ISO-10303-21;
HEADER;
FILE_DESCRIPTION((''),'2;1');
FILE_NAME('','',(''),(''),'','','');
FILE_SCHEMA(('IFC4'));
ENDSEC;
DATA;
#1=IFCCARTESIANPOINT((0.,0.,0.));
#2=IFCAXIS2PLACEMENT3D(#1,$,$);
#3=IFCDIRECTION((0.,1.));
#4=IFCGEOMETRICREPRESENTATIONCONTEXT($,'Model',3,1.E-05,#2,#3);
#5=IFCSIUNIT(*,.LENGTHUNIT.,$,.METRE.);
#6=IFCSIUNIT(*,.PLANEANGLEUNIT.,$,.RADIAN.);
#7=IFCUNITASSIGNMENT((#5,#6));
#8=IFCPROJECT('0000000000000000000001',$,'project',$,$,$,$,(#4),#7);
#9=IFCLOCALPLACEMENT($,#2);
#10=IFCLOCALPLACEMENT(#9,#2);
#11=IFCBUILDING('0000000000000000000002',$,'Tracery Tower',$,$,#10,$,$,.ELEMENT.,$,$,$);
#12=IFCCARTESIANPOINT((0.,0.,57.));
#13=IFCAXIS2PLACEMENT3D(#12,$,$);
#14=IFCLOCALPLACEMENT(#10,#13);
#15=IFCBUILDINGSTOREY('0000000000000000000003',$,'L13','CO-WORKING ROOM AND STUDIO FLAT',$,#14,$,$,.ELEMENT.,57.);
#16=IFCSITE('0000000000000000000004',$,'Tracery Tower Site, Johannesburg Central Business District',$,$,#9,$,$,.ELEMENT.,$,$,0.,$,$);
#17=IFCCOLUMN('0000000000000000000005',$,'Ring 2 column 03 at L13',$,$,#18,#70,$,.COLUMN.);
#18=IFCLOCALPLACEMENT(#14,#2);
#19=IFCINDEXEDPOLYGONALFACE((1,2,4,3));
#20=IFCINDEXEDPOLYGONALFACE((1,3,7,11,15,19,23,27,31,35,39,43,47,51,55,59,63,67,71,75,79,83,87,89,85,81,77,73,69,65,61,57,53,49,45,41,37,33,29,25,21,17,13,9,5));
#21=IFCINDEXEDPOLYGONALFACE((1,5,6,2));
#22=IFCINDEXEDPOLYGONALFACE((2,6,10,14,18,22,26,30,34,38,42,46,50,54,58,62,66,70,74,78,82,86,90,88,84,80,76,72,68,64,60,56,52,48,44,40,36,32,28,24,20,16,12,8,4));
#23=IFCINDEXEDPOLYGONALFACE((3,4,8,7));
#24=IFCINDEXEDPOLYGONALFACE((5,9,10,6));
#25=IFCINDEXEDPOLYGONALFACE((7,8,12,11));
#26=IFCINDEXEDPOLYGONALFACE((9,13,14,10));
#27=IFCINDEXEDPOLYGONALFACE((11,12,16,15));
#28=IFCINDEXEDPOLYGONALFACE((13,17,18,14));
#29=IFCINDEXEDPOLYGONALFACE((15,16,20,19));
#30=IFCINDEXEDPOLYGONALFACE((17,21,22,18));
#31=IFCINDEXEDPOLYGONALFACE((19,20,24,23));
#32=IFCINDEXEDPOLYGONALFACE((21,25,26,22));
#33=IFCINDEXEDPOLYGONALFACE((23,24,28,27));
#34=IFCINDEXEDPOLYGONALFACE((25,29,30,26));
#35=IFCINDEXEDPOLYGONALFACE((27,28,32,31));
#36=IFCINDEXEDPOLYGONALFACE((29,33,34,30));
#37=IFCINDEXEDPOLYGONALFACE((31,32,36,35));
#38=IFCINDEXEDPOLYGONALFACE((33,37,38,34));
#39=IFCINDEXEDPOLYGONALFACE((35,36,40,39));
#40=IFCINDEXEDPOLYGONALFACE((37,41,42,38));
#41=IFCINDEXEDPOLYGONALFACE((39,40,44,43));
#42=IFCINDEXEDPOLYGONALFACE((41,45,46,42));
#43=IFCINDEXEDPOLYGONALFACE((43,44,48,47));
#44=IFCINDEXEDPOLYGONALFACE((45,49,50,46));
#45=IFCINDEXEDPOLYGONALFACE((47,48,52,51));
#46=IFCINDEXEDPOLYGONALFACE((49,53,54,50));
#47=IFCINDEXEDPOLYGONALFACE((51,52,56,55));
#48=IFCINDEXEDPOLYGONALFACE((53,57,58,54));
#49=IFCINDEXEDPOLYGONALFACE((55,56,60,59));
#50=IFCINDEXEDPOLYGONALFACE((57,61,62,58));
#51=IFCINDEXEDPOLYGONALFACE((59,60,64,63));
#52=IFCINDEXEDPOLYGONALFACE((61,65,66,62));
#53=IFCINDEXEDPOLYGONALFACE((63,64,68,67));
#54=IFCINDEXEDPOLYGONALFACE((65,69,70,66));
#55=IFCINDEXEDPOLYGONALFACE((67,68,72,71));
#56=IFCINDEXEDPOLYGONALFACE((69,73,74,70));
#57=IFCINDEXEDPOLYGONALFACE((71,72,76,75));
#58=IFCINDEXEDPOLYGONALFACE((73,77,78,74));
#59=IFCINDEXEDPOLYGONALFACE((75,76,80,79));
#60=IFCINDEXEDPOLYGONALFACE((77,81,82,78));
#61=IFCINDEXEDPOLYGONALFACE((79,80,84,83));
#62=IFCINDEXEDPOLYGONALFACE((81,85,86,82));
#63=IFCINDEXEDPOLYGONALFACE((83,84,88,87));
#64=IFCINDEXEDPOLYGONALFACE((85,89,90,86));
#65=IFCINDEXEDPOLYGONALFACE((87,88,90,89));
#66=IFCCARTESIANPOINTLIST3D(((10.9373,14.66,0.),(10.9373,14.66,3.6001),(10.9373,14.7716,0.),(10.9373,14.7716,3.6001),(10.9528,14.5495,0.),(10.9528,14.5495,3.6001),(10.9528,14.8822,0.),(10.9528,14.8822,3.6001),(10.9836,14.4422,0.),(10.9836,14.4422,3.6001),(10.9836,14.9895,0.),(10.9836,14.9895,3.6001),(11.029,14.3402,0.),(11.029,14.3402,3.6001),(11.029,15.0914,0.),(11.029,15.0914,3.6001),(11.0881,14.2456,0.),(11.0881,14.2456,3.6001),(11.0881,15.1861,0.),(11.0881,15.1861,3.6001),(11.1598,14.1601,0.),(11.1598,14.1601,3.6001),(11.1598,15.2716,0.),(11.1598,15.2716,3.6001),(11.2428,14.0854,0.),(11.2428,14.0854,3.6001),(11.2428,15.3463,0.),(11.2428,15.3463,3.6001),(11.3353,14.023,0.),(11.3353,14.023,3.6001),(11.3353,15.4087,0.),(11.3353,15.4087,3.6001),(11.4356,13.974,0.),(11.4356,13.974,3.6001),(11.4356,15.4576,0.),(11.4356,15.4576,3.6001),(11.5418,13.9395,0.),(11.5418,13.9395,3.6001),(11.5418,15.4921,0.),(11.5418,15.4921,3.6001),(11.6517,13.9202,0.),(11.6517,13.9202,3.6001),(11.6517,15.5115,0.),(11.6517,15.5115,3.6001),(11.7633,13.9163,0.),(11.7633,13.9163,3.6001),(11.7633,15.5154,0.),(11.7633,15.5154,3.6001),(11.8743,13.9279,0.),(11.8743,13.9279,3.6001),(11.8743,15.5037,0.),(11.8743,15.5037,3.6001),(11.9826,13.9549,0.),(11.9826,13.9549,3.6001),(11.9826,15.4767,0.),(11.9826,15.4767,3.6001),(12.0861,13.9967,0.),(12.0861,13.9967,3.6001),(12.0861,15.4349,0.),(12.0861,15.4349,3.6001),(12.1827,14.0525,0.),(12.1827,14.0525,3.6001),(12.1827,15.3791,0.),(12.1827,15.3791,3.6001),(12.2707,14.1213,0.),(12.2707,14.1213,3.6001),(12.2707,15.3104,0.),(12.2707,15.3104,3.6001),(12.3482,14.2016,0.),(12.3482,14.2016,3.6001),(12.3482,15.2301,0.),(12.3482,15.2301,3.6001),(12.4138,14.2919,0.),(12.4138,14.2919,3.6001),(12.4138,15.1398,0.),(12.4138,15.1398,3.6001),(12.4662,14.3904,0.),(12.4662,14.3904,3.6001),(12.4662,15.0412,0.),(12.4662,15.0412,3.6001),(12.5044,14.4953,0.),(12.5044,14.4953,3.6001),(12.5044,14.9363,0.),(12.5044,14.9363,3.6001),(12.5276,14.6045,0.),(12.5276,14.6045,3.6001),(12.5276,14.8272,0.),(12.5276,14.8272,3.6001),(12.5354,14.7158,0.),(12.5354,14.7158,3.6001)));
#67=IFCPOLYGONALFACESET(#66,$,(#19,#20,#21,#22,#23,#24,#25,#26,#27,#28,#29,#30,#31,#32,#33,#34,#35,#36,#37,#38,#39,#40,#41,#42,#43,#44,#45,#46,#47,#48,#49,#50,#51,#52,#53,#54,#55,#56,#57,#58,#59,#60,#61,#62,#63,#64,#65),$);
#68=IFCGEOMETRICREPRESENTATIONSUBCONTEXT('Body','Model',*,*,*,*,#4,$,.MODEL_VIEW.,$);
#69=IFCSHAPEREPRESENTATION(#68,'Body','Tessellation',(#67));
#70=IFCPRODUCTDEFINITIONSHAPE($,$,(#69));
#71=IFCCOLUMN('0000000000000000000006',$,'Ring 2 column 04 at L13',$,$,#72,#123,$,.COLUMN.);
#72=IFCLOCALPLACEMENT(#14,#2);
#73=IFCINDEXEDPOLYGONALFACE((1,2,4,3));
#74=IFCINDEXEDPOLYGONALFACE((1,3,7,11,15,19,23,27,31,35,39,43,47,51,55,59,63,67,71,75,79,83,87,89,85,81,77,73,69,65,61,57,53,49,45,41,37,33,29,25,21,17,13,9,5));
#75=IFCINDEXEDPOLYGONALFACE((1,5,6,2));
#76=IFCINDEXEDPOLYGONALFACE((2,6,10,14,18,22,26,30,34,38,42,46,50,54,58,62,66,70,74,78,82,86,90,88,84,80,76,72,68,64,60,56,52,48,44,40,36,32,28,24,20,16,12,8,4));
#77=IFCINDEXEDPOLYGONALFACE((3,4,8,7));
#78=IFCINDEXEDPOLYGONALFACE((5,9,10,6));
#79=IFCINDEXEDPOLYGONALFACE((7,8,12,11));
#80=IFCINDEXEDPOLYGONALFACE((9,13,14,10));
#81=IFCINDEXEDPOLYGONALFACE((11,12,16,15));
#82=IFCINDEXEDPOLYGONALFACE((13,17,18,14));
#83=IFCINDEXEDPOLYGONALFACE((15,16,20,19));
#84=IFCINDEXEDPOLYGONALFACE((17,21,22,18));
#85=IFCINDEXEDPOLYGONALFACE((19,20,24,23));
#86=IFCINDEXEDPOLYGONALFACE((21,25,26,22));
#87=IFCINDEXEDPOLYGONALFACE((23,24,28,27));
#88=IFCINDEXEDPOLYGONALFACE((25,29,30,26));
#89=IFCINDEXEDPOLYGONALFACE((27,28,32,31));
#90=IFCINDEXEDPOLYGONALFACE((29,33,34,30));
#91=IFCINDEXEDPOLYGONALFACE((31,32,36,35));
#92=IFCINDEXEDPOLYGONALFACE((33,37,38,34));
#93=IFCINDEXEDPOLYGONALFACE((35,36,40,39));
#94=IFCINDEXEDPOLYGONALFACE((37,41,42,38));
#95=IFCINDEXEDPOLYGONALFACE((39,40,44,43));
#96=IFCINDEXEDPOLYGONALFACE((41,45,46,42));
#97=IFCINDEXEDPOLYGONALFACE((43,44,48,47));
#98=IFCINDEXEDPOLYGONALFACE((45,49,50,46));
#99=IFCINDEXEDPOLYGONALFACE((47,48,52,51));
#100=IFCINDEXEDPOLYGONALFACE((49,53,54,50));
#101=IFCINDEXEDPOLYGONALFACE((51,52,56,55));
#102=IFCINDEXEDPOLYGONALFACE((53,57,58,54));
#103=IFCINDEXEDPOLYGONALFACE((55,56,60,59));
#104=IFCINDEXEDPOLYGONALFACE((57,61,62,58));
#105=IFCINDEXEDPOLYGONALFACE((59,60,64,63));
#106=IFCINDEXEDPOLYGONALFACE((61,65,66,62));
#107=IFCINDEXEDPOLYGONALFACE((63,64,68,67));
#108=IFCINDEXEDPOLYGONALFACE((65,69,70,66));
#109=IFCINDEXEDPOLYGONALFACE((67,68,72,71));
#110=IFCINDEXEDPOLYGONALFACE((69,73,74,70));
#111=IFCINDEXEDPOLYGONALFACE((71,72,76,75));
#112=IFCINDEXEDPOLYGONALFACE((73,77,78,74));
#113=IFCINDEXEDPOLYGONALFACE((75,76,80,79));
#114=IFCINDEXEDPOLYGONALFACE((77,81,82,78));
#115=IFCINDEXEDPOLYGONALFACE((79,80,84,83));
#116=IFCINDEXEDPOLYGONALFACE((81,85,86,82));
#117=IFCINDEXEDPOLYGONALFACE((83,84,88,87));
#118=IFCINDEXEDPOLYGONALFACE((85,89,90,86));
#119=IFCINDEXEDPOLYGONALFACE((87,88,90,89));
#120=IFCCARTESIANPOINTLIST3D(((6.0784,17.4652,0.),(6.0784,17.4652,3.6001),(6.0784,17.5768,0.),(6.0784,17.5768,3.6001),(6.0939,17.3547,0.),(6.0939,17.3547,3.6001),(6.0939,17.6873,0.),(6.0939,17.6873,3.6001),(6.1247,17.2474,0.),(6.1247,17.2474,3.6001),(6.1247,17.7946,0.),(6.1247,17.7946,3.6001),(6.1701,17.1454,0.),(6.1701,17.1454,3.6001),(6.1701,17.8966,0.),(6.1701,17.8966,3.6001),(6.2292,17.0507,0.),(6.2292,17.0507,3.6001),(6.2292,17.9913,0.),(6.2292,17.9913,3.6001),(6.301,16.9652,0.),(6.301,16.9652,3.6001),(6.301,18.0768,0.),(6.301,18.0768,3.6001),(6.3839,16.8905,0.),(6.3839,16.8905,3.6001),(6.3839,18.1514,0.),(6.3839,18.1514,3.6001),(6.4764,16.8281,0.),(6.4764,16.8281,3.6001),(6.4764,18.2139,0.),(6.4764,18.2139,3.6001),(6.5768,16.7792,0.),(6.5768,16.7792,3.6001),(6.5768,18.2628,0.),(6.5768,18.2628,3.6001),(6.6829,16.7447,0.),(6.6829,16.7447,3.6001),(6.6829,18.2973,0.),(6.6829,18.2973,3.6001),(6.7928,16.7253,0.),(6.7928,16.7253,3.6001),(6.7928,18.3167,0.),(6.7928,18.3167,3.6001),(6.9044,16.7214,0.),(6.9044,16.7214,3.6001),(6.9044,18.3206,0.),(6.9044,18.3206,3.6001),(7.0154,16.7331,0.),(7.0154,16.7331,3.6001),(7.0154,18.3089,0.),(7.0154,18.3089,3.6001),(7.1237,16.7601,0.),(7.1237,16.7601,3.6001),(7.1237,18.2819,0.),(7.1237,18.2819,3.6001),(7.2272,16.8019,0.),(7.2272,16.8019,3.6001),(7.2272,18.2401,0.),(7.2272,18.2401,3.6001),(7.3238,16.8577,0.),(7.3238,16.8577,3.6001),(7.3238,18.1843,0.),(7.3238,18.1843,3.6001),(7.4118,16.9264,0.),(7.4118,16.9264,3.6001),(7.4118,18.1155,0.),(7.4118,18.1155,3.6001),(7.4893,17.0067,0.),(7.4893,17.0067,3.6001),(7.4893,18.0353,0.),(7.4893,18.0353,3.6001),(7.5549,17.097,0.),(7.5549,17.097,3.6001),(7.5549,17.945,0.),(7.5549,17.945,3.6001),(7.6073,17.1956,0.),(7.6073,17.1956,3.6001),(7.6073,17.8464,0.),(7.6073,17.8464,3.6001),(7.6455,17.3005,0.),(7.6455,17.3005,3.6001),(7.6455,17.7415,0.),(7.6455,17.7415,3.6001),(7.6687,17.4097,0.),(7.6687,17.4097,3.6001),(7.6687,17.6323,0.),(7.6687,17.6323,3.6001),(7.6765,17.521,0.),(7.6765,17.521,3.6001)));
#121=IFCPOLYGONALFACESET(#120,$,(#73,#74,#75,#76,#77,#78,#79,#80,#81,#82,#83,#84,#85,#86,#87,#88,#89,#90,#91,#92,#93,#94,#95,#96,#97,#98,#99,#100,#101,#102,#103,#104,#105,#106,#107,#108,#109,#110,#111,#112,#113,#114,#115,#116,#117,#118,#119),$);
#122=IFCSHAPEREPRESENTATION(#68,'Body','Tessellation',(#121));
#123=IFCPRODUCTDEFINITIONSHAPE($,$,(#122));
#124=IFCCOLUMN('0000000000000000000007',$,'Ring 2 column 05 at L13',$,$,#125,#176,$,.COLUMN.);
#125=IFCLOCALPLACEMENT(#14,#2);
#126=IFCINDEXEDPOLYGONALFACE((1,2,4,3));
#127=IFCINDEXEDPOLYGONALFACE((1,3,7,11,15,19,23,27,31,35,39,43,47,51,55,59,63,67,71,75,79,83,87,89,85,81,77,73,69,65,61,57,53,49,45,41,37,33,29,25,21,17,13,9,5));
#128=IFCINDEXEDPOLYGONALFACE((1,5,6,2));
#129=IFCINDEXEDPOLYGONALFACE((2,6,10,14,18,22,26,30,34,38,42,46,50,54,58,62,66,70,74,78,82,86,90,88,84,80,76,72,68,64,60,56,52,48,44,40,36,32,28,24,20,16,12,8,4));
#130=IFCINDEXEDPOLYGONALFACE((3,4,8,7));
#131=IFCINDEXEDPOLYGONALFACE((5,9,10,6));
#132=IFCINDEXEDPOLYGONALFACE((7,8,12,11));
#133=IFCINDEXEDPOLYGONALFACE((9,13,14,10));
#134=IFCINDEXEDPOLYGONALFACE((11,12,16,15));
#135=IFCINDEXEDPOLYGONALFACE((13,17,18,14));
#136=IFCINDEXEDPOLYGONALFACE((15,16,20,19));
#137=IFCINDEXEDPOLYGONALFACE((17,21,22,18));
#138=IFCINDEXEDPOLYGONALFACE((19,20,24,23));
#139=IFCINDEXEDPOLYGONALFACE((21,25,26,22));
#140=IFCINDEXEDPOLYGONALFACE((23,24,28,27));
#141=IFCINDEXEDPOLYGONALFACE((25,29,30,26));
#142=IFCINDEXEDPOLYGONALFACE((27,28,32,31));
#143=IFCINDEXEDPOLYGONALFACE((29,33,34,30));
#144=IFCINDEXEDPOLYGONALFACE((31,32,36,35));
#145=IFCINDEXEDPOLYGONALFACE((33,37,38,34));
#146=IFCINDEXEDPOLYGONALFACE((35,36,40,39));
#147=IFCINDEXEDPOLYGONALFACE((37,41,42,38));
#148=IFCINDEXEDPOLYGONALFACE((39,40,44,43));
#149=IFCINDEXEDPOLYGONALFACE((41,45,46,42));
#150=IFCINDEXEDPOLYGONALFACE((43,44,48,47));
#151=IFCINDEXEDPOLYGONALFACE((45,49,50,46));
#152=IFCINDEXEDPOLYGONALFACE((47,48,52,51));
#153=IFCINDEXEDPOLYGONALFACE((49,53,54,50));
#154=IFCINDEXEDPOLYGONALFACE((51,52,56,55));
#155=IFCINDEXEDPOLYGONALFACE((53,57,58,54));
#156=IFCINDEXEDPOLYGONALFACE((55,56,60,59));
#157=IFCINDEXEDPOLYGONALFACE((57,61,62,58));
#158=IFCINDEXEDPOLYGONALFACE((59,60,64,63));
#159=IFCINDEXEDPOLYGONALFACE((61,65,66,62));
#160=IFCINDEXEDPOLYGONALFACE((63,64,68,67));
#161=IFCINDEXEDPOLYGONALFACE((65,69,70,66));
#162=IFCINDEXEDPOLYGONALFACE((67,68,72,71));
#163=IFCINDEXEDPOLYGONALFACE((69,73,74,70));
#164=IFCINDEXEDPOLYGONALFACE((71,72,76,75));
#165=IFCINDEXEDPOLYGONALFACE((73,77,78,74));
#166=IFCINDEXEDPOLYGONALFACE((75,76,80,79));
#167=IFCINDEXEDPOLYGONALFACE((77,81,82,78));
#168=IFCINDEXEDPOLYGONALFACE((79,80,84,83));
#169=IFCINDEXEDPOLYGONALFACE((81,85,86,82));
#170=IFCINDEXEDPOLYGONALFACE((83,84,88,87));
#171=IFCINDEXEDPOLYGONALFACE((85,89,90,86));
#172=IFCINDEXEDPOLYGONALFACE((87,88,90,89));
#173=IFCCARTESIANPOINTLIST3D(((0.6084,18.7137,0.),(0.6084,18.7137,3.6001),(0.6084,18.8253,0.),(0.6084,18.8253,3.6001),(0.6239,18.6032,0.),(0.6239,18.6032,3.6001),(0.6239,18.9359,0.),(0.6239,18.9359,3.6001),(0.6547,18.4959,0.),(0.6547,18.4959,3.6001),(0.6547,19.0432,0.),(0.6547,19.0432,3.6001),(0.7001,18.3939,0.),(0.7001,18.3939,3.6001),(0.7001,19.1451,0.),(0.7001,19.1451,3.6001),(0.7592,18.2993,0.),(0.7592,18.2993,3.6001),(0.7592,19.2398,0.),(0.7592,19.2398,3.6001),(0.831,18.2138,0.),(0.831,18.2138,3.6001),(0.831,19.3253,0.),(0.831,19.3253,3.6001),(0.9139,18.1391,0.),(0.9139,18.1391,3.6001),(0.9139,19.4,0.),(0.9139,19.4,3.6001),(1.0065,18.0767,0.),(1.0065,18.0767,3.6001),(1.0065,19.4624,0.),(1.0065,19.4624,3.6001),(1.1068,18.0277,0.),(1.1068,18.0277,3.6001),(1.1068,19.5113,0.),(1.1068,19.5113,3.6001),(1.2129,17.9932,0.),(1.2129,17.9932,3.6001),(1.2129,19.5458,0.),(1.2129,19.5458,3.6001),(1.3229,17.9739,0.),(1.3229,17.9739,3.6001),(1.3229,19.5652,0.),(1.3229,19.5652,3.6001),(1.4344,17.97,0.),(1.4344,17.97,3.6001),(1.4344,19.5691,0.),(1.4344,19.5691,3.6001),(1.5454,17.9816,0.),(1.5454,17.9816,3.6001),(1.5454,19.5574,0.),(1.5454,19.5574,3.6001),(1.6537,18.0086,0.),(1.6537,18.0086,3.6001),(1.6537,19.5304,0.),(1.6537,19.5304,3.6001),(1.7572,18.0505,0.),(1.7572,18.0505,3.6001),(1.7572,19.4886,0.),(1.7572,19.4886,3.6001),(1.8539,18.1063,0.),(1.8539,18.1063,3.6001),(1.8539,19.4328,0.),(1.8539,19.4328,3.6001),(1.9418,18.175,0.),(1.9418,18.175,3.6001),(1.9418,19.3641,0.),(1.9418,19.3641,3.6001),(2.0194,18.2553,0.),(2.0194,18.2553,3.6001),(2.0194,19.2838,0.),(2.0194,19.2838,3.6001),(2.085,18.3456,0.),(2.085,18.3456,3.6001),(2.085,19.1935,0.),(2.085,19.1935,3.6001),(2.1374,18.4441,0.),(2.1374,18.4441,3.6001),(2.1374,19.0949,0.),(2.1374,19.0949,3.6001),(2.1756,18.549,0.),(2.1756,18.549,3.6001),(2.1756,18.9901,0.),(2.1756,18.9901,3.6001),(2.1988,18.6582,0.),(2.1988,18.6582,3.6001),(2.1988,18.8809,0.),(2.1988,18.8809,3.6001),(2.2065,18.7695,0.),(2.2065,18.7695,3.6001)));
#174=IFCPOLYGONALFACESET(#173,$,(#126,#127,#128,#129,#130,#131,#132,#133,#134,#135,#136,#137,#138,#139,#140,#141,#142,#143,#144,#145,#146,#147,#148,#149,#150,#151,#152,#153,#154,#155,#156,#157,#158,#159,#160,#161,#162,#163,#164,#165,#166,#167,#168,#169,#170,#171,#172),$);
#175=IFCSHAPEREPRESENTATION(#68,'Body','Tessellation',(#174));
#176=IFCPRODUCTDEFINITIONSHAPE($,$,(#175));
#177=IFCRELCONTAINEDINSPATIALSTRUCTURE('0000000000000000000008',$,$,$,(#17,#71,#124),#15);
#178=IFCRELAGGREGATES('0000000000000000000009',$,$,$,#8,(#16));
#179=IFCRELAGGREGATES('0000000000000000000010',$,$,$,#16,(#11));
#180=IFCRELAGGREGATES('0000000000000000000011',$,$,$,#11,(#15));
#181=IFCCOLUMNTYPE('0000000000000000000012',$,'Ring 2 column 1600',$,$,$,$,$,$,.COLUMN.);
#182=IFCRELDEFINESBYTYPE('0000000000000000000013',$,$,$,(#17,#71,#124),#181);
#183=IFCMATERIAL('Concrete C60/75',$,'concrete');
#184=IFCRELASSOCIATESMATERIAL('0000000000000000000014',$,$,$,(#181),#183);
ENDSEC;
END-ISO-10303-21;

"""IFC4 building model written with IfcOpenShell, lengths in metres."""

from ifc_helpers import new_model, si_unit, direction, frame, origin, origin_2d, place, context, subcontext, project, spatial, circle, extrude, material, material_profile, profile_set, type_object, element, save


model = new_model("IFC4")

# Units and contexts
model_context = context("Model", 3, precision=1e-05, world=origin(), true_north=direction((0.0, 1.0)))
body_context = subcontext(model_context, "Body", "Model", "MODEL_VIEW")
ifc_project = project(units=[si_unit("LENGTHUNIT", "METRE"), si_unit("PLANEANGLEUNIT", "RADIAN")], contexts=[model_context])

# Site, building, storey
site_placement = place(None, origin())
site = spatial("IfcSite", under=ifc_project, at=site_placement, Name="Tracery Tower Site, Johannesburg Central Business District", CompositionType="ELEMENT", RefElevation=0.0)
building_placement = place(site_placement, origin())
building = spatial("IfcBuilding", under=site, at=building_placement, Name="Tracery Tower", CompositionType="ELEMENT")
storey_placement = place(building_placement, frame((0.0, 0.0, 57.0)))
storey = spatial("IfcBuildingStorey", under=building, at=storey_placement, Name="L13", Description="CO-WORKING ROOM AND STUDIO FLAT", CompositionType="ELEMENT", Elevation=57.0)

# Columns
ifc_material_1 = material(Name="Concrete C60/75", Category="concrete")
ifc_material_profile = material_profile(ifc_material_1, circle(Radius=0.8, at=origin_2d()), Name="RC D1600")
ifc_profile_set = profile_set([ifc_material_profile], Name="Concrete C60/75")
column_type = type_object("IfcColumnType", Name="Ring 2 column 1600", PredefinedType="COLUMN", material=ifc_profile_set)
for number, where, z_axis, x_axis, name in (
    (1, (11.7354, 14.7158, 0.0), (0.0, 0.0, 1.0), (1.0, 0.0, 0.0), "Ring 2 column 03 at L13"),
    (2, (6.8765, 17.521, 0.0), (0.0, 0.0, 1.0), (1.0, 0.0, 0.0), "Ring 2 column 04 at L13"),
    (3, (1.4065, 18.7695, 0.0), (0.0, 0.0, 1.0), (1.0, 0.0, 0.0), "Ring 2 column 05 at L13"),
):
    element("IfcColumn", number, at=place(storey_placement, frame(where, z_axis=z_axis, x_axis=x_axis)), inside=storey, type_object=column_type, Name=name, PredefinedType="COLUMN", context=body_context, shape_type="SweptSolid", body=[
        extrude(circle(Radius=0.8, at=origin_2d()), origin(), (0.0, 0.0, 1.0), 3.6001),
    ])

save(model, "model.ifc")
